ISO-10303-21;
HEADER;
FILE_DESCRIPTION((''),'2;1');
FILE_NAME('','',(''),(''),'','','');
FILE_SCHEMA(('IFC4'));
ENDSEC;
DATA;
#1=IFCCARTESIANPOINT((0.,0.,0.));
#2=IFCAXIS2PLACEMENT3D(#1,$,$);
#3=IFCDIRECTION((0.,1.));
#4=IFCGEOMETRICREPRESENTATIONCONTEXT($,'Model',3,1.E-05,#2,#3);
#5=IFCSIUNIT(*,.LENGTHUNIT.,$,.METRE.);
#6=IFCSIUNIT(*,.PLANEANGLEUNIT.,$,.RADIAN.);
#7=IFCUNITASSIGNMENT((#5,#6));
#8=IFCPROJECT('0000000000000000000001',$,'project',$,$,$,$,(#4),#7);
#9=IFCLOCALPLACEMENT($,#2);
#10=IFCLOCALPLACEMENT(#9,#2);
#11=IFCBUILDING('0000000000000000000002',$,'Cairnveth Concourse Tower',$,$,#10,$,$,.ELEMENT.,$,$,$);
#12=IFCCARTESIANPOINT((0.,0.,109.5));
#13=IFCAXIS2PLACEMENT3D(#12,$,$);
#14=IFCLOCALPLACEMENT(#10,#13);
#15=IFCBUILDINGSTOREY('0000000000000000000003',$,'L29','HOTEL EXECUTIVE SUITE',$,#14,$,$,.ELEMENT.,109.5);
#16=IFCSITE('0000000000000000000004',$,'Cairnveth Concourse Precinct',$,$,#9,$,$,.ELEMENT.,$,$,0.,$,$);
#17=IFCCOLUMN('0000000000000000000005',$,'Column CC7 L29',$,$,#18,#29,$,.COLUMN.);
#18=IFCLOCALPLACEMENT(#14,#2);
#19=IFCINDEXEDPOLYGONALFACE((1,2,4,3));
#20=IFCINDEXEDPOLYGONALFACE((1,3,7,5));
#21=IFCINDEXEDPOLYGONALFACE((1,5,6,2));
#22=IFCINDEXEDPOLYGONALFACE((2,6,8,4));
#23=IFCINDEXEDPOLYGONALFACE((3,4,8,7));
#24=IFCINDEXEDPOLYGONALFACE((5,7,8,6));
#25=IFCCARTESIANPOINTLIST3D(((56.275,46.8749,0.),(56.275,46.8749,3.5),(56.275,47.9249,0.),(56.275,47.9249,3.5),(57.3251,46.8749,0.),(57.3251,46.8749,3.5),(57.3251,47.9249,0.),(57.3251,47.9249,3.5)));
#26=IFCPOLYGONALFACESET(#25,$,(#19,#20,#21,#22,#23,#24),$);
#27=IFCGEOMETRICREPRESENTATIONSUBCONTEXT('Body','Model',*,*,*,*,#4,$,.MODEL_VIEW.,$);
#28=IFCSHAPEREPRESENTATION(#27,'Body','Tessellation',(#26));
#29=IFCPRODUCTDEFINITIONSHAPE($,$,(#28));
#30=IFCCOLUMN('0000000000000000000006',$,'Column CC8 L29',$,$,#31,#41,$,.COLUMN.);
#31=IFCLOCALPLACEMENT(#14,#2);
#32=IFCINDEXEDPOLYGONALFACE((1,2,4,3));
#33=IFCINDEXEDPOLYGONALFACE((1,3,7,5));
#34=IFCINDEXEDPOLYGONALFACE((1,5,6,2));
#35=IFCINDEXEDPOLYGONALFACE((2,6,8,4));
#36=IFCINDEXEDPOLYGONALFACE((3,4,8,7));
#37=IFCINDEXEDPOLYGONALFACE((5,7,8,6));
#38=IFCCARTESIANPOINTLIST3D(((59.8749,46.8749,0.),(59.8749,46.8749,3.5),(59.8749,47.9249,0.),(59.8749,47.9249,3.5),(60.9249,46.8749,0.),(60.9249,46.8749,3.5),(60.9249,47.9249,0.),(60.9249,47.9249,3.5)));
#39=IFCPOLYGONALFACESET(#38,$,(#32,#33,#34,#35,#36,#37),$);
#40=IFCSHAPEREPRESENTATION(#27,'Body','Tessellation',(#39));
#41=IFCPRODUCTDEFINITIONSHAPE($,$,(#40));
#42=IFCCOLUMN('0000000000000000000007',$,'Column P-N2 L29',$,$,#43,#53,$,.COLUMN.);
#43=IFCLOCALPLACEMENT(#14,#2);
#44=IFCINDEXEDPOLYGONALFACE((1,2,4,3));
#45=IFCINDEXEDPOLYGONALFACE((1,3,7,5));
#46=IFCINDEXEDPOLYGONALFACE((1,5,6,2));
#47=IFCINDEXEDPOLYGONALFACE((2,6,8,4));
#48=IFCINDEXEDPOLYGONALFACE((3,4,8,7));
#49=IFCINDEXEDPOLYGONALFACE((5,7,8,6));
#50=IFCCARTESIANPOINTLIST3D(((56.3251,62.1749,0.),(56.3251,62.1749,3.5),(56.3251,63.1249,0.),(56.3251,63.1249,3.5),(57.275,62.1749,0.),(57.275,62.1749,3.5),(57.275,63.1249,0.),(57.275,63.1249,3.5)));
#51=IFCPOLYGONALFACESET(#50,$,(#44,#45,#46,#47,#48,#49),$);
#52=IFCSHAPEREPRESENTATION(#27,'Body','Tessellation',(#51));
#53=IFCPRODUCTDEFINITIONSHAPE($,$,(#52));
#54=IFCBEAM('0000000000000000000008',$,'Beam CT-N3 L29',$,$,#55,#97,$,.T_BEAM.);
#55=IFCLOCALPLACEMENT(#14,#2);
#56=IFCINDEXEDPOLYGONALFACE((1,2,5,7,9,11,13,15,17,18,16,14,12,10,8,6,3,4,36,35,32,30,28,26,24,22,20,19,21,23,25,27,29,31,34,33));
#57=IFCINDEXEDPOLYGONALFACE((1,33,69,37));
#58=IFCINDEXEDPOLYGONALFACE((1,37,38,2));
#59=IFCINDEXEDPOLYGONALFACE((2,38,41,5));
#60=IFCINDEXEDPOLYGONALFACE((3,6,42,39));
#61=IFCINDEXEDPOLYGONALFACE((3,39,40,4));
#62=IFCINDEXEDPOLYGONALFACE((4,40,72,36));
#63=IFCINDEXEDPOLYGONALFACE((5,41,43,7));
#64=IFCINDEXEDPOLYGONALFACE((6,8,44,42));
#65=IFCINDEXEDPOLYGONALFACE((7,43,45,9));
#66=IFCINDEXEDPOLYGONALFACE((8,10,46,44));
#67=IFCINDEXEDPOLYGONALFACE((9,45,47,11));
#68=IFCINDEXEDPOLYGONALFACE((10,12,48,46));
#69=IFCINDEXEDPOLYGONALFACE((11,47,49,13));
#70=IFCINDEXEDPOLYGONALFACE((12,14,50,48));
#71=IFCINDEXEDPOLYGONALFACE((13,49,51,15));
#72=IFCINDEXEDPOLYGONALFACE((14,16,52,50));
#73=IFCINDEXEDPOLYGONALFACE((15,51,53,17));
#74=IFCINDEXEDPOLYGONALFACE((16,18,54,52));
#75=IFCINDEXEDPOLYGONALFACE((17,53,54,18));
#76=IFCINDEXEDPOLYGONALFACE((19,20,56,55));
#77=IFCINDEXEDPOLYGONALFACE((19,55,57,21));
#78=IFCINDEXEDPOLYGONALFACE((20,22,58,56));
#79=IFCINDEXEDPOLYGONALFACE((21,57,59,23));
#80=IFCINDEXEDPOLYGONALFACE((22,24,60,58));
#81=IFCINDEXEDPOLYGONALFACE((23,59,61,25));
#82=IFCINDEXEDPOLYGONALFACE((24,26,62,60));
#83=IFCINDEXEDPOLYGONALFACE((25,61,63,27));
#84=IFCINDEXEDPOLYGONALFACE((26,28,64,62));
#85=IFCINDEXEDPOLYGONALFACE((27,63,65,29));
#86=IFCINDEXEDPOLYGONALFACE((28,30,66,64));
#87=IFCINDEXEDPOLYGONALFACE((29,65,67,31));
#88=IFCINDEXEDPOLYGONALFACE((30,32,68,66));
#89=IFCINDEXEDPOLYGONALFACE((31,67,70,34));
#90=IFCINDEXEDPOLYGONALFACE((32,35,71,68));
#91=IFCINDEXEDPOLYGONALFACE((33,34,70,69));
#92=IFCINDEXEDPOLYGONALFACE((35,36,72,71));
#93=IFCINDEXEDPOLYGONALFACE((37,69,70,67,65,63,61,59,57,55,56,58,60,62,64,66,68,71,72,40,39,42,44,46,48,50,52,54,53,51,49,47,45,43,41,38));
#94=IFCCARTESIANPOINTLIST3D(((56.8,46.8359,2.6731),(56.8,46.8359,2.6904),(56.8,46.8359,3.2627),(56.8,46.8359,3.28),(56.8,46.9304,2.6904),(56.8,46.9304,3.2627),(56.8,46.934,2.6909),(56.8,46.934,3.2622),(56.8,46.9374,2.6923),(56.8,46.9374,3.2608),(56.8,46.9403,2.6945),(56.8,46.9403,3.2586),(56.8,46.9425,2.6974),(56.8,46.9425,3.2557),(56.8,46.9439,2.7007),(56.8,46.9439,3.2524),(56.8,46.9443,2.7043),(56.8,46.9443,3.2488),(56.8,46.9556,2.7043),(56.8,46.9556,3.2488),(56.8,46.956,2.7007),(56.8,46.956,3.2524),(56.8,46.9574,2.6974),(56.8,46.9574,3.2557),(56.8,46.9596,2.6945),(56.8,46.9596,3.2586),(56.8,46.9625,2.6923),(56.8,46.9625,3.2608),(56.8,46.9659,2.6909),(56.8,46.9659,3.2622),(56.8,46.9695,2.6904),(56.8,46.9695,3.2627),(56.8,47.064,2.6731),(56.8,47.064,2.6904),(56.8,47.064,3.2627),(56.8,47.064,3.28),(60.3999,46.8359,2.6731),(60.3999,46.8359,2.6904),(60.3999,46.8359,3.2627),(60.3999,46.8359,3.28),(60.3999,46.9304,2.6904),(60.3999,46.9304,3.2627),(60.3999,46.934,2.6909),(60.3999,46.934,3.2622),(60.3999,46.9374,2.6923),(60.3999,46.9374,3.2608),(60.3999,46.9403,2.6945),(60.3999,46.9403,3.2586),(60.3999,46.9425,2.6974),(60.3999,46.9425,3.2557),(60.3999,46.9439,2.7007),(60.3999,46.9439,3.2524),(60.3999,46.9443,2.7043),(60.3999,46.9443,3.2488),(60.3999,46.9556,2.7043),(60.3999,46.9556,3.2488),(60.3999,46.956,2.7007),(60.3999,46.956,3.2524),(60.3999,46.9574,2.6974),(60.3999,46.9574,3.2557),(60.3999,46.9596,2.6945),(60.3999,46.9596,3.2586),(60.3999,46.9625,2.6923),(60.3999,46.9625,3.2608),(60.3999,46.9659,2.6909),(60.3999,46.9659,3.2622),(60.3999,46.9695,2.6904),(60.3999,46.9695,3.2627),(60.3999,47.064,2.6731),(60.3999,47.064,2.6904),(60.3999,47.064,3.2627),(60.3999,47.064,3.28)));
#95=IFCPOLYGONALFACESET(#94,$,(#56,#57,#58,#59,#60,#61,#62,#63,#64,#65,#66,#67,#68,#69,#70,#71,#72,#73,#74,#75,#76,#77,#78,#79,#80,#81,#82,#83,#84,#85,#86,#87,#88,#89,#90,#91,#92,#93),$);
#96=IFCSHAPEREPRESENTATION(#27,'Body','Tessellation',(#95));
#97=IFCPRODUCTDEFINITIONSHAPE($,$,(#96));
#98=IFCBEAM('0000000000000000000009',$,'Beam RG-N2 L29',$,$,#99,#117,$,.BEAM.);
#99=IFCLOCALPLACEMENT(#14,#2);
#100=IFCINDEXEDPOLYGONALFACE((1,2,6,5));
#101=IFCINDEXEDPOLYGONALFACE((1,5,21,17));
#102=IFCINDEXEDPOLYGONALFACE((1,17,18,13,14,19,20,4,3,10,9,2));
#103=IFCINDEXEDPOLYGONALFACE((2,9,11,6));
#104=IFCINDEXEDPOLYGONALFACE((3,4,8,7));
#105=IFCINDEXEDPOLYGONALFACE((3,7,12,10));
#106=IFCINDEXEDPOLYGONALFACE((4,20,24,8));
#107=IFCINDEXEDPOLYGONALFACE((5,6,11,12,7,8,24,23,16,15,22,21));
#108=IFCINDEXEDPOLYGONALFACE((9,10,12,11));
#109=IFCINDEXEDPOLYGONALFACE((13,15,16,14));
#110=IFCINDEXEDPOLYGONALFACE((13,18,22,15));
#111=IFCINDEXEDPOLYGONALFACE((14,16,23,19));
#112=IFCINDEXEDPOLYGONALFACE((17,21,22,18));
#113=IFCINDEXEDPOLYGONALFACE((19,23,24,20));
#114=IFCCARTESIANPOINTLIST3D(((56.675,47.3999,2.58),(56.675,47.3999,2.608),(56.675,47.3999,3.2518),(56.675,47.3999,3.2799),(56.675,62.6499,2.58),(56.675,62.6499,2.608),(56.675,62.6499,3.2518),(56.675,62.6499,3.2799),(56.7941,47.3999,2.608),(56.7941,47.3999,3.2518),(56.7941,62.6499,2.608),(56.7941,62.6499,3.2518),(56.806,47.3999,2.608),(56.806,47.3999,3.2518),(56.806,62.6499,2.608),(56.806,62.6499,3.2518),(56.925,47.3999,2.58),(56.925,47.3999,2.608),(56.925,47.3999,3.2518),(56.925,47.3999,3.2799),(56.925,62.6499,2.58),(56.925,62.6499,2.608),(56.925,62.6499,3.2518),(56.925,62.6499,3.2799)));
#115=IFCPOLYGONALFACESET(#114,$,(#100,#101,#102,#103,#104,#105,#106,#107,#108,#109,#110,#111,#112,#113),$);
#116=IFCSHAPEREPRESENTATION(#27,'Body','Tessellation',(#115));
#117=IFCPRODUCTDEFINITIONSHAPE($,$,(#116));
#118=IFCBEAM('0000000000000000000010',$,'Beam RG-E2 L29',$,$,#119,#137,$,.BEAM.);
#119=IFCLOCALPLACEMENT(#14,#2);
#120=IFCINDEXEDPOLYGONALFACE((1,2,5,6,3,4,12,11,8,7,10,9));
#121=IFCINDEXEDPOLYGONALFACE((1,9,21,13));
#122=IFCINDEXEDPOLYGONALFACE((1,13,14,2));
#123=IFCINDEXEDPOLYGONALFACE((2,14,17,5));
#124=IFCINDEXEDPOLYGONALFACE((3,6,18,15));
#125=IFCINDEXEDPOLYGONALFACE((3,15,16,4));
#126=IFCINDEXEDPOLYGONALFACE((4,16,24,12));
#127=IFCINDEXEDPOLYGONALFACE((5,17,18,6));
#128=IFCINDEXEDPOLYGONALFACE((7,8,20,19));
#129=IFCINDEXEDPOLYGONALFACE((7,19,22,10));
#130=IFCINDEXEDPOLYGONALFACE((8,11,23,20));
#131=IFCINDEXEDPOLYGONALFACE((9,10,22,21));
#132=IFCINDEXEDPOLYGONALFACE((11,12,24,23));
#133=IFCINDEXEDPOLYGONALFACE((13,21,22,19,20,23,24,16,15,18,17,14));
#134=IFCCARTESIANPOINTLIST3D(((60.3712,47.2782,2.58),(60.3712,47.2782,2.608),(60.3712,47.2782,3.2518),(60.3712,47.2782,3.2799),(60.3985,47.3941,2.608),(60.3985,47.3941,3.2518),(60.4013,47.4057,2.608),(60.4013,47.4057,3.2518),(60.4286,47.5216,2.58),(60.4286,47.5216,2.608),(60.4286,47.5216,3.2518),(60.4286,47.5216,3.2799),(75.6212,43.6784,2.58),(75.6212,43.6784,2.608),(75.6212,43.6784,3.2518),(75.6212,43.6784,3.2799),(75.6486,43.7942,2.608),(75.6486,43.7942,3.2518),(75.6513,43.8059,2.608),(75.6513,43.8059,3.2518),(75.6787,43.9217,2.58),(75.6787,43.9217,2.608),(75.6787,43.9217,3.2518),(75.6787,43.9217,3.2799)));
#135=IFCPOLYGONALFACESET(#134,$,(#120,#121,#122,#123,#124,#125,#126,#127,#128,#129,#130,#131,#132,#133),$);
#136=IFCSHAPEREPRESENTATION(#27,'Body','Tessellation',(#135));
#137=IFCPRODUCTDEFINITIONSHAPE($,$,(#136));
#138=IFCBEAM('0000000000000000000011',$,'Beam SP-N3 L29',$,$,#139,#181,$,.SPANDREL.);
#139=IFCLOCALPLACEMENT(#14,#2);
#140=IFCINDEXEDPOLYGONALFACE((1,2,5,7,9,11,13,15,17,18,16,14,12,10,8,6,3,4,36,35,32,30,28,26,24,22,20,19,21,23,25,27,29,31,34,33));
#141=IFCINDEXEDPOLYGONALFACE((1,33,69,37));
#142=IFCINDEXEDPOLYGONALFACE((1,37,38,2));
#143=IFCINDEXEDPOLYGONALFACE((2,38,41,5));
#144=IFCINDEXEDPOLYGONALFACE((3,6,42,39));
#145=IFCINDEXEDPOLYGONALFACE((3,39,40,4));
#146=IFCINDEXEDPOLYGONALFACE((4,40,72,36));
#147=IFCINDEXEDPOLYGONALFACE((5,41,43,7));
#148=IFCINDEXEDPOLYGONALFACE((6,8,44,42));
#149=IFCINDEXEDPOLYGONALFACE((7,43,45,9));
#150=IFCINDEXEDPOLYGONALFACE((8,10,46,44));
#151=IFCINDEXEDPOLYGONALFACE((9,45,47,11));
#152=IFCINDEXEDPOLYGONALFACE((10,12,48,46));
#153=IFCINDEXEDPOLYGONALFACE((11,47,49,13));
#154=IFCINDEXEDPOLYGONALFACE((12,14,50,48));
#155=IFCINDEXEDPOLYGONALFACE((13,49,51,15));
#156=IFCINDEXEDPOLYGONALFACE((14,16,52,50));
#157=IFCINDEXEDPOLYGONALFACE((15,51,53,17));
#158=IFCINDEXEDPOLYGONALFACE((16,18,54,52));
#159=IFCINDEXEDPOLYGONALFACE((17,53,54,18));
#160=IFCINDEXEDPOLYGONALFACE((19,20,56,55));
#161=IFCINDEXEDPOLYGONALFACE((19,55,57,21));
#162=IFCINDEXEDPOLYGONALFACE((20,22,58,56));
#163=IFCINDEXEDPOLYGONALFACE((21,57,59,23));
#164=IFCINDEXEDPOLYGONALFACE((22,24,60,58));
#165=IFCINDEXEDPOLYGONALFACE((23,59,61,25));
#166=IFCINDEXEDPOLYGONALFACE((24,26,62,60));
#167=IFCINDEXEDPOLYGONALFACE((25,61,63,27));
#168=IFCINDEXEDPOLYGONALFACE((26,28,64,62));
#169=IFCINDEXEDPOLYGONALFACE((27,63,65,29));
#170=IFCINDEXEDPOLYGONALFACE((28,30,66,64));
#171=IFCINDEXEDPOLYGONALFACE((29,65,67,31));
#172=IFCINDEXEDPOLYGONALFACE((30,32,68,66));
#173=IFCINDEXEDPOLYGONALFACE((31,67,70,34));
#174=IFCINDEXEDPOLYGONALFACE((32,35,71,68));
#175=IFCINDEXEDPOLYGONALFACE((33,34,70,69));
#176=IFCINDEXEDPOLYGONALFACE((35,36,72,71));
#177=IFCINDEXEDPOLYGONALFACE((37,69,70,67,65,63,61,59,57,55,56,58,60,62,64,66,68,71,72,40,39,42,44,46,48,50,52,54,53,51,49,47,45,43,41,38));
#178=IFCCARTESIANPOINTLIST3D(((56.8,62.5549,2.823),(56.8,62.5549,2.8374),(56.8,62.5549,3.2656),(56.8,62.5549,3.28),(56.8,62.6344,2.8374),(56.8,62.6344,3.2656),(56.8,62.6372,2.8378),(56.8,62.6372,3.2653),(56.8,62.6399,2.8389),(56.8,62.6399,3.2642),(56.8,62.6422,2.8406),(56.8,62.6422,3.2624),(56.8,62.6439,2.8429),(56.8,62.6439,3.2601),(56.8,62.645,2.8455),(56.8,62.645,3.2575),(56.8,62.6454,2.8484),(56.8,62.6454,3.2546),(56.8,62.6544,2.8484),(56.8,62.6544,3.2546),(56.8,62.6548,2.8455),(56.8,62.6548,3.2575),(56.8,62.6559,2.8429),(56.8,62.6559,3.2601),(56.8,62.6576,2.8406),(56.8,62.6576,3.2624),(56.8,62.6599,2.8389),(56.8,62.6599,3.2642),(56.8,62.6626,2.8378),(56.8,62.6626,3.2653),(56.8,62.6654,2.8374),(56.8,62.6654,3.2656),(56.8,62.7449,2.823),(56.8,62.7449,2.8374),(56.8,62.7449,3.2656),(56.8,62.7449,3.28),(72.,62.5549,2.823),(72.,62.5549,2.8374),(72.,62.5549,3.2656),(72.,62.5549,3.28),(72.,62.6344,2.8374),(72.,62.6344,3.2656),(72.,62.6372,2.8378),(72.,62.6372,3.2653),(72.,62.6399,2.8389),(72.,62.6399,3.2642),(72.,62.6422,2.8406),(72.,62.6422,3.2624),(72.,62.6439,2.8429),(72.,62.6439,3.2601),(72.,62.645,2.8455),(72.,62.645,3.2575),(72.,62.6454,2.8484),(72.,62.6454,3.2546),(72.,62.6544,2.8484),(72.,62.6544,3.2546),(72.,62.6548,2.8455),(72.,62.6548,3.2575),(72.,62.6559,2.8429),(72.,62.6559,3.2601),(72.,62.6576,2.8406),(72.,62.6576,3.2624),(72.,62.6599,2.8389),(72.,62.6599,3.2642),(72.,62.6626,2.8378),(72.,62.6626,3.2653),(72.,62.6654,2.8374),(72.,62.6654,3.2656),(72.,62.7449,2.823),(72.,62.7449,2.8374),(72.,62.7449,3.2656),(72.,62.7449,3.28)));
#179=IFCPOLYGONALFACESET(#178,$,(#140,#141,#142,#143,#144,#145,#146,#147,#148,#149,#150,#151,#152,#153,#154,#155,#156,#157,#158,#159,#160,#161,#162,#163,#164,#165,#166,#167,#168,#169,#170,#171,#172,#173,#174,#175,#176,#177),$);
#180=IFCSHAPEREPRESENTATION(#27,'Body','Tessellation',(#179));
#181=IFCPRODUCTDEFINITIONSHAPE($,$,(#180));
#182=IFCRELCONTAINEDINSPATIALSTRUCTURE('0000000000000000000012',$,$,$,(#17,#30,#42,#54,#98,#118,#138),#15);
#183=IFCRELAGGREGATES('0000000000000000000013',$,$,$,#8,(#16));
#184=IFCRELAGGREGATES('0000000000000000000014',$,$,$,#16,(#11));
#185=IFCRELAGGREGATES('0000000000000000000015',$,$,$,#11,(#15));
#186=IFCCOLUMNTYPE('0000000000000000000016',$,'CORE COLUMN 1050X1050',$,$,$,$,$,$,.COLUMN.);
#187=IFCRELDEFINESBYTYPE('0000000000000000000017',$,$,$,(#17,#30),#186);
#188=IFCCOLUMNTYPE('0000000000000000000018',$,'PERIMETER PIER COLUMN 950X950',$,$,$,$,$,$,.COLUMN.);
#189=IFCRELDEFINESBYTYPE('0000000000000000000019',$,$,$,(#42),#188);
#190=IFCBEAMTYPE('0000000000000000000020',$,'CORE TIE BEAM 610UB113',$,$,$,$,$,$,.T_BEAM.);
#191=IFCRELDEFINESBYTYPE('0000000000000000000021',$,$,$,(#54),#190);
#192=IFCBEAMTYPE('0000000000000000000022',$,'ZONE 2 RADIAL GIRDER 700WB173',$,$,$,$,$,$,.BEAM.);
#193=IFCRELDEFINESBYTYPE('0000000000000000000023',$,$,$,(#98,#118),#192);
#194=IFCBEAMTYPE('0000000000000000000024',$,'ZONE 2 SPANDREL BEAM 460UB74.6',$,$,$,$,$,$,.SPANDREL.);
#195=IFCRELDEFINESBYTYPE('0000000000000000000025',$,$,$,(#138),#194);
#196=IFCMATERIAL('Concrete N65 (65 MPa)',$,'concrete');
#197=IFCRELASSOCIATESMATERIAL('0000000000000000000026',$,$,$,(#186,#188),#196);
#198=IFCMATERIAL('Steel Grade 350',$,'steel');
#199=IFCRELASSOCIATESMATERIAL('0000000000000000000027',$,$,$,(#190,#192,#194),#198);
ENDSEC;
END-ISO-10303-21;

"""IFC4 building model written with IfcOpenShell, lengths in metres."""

from ifc_helpers import new_model, si_unit, direction, frame, origin, origin_2d, place, context, subcontext, project, spatial, rectangle, i_section, extrude, material, material_profile, profile_set, type_object, element, save


model = new_model("IFC4")

# Units and contexts
model_context = context("Model", 3, precision=1e-05, world=origin(), true_north=direction((0.0, 1.0)))
body_context = subcontext(model_context, "Body", "Model", "MODEL_VIEW")
ifc_project = project(units=[si_unit("LENGTHUNIT", "METRE"), si_unit("PLANEANGLEUNIT", "RADIAN")], contexts=[model_context])

# Site, building, storey
site_placement = place(None, origin())
site = spatial("IfcSite", under=ifc_project, at=site_placement, Name="Cairnveth Concourse Precinct", CompositionType="ELEMENT", RefElevation=0.0)
building_placement = place(site_placement, origin())
building = spatial("IfcBuilding", under=site, at=building_placement, Name="Cairnveth Concourse Tower", CompositionType="ELEMENT")
storey_placement = place(building_placement, frame((0.0, 0.0, 109.5)))
storey = spatial("IfcBuildingStorey", under=building, at=storey_placement, Name="L29", Description="HOTEL EXECUTIVE SUITE", CompositionType="ELEMENT", Elevation=109.5)

# Columns
ifc_material_1 = material(Name="Concrete N65 (65 MPa)", Category="concrete")
ifc_material_profile_1 = material_profile(ifc_material_1, rectangle(XDim=1.05, YDim=1.05, at=origin_2d()), Name="RC-COL-1050x1050")
ifc_profile_set_1 = profile_set([ifc_material_profile_1], Name="Concrete N65 (65 MPa)")
column_type_1 = type_object("IfcColumnType", Name="CORE COLUMN 1050X1050", PredefinedType="COLUMN", material=ifc_profile_set_1)
for number, where, z_axis, x_axis, name in (
    (1, (56.8, 47.3999, 0.0), (0.0, 0.0, 1.0), (1.0, 0.0, 0.0), "Column CC7 L29"),
    (2, (60.3999, 47.3999, 0.0), (0.0, 0.0, 1.0), (1.0, 0.0, 0.0), "Column CC8 L29"),
):
    element("IfcColumn", number, at=place(storey_placement, frame(where, z_axis=z_axis, x_axis=x_axis)), inside=storey, type_object=column_type_1, Name=name, PredefinedType="COLUMN", context=body_context, shape_type="SweptSolid", body=[
        extrude(rectangle(XDim=1.05, YDim=1.05, at=origin_2d()), origin(), (0.0, 0.0, 1.0), 3.5),
    ])
ifc_material_profile_2 = material_profile(ifc_material_1, rectangle(XDim=0.95, YDim=0.95, at=origin_2d()), Name="RC-COL-950x950")
ifc_profile_set_2 = profile_set([ifc_material_profile_2], Name="Concrete N65 (65 MPa)")
column_type_2 = type_object("IfcColumnType", Name="PERIMETER PIER COLUMN 950X950", PredefinedType="COLUMN", material=ifc_profile_set_2)
column_placement = place(storey_placement, frame((56.8, 62.6499, 0.0), z_axis=(0.0, 0.0, 1.0), x_axis=(1.0, 0.0, 0.0)))
element("IfcColumn", 3, at=column_placement, inside=storey, type_object=column_type_2, Name="Column P-N2 L29", PredefinedType="COLUMN", context=body_context, shape_type="SweptSolid", body=[
    extrude(rectangle(XDim=0.95, YDim=0.95, at=origin_2d()), origin(), (0.0, 0.0, 1.0), 3.5),
])

# Beams
ifc_material_2 = material(Name="Steel Grade 350", Category="steel")
ifc_material_profile_3 = material_profile(ifc_material_2, i_section(OverallWidth=0.228, OverallDepth=0.6069, WebThickness=0.0112, FlangeThickness=0.0173, FilletRadius=0.0139, at=origin_2d()), Name="610UB113")
ifc_profile_set_3 = profile_set([ifc_material_profile_3], Name="Steel Grade 350")
beam_type_1 = type_object("IfcBeamType", Name="CORE TIE BEAM 610UB113", PredefinedType="T_BEAM", material=ifc_profile_set_3)
beam_1_placement = place(storey_placement, frame((56.8, 46.95, 2.9766), z_axis=(1.0, 0.0, 0.0), x_axis=(0.0, 1.0, 0.0)))
element("IfcBeam", 4, at=beam_1_placement, inside=storey, type_object=beam_type_1, Name="Beam CT-N3 L29", PredefinedType="T_BEAM", context=body_context, shape_type="SweptSolid", body=[
    extrude(i_section(OverallWidth=0.228, OverallDepth=0.6069, WebThickness=0.0112, FlangeThickness=0.0173, FilletRadius=0.0139, at=origin_2d()), origin(), (0.0, 0.0, 1.0), 3.5999),
])
ifc_material_profile_4 = material_profile(ifc_material_2, i_section(OverallWidth=0.25, OverallDepth=0.7, WebThickness=0.012, FlangeThickness=0.0281, at=origin_2d()), Name="700WB173")
ifc_profile_set_4 = profile_set([ifc_material_profile_4], Name="Steel Grade 350")
beam_type_2 = type_object("IfcBeamType", Name="ZONE 2 RADIAL GIRDER 700WB173", PredefinedType="BEAM", material=ifc_profile_set_4)
beam_2_placement = place(storey_placement, frame((56.8, 47.3999, 2.9299), z_axis=(0.0, 1.0, 0.0), x_axis=(-1.0, 0.0, 0.0)))
element("IfcBeam", 5, at=beam_2_placement, inside=storey, type_object=beam_type_2, Name="Beam RG-N2 L29", PredefinedType="BEAM", context=body_context, shape_type="SweptSolid", body=[
    extrude(i_section(OverallWidth=0.25, OverallDepth=0.7, WebThickness=0.012, FlangeThickness=0.0281, at=origin_2d()), origin(), (0.0, 0.0, 1.0), 15.25),
])
beam_3_placement = place(storey_placement, frame((60.3999, 47.3999, 2.9299), z_axis=(0.973252, -0.229742, 0.0), x_axis=(0.229742, 0.973252, 0.0)))
element("IfcBeam", 6, at=beam_3_placement, inside=storey, type_object=beam_type_2, Name="Beam RG-E2 L29", PredefinedType="BEAM", context=body_context, shape_type="SweptSolid", body=[
    extrude(i_section(OverallWidth=0.25, OverallDepth=0.7, WebThickness=0.012, FlangeThickness=0.0281, at=origin_2d()), origin(), (0.0, 0.0, 1.0), 15.6692),
])
ifc_material_profile_5 = material_profile(ifc_material_2, i_section(OverallWidth=0.1899, OverallDepth=0.457, WebThickness=0.009, FlangeThickness=0.0144, FilletRadius=0.011, at=origin_2d()), Name="460UB74.6")
ifc_profile_set_5 = profile_set([ifc_material_profile_5], Name="Steel Grade 350")
beam_type_3 = type_object("IfcBeamType", Name="ZONE 2 SPANDREL BEAM 460UB74.6", PredefinedType="SPANDREL", material=ifc_profile_set_5)
beam_4_placement = place(storey_placement, frame((56.8, 62.6499, 3.0515), z_axis=(1.0, 0.0, 0.0), x_axis=(0.0, 1.0, 0.0)))
element("IfcBeam", 7, at=beam_4_placement, inside=storey, type_object=beam_type_3, Name="Beam SP-N3 L29", PredefinedType="SPANDREL", context=body_context, shape_type="SweptSolid", body=[
    extrude(i_section(OverallWidth=0.1899, OverallDepth=0.457, WebThickness=0.009, FlangeThickness=0.0144, FilletRadius=0.011, at=origin_2d()), origin(), (0.0, 0.0, 1.0), 15.2),
])

save(model, "model.ifc")
